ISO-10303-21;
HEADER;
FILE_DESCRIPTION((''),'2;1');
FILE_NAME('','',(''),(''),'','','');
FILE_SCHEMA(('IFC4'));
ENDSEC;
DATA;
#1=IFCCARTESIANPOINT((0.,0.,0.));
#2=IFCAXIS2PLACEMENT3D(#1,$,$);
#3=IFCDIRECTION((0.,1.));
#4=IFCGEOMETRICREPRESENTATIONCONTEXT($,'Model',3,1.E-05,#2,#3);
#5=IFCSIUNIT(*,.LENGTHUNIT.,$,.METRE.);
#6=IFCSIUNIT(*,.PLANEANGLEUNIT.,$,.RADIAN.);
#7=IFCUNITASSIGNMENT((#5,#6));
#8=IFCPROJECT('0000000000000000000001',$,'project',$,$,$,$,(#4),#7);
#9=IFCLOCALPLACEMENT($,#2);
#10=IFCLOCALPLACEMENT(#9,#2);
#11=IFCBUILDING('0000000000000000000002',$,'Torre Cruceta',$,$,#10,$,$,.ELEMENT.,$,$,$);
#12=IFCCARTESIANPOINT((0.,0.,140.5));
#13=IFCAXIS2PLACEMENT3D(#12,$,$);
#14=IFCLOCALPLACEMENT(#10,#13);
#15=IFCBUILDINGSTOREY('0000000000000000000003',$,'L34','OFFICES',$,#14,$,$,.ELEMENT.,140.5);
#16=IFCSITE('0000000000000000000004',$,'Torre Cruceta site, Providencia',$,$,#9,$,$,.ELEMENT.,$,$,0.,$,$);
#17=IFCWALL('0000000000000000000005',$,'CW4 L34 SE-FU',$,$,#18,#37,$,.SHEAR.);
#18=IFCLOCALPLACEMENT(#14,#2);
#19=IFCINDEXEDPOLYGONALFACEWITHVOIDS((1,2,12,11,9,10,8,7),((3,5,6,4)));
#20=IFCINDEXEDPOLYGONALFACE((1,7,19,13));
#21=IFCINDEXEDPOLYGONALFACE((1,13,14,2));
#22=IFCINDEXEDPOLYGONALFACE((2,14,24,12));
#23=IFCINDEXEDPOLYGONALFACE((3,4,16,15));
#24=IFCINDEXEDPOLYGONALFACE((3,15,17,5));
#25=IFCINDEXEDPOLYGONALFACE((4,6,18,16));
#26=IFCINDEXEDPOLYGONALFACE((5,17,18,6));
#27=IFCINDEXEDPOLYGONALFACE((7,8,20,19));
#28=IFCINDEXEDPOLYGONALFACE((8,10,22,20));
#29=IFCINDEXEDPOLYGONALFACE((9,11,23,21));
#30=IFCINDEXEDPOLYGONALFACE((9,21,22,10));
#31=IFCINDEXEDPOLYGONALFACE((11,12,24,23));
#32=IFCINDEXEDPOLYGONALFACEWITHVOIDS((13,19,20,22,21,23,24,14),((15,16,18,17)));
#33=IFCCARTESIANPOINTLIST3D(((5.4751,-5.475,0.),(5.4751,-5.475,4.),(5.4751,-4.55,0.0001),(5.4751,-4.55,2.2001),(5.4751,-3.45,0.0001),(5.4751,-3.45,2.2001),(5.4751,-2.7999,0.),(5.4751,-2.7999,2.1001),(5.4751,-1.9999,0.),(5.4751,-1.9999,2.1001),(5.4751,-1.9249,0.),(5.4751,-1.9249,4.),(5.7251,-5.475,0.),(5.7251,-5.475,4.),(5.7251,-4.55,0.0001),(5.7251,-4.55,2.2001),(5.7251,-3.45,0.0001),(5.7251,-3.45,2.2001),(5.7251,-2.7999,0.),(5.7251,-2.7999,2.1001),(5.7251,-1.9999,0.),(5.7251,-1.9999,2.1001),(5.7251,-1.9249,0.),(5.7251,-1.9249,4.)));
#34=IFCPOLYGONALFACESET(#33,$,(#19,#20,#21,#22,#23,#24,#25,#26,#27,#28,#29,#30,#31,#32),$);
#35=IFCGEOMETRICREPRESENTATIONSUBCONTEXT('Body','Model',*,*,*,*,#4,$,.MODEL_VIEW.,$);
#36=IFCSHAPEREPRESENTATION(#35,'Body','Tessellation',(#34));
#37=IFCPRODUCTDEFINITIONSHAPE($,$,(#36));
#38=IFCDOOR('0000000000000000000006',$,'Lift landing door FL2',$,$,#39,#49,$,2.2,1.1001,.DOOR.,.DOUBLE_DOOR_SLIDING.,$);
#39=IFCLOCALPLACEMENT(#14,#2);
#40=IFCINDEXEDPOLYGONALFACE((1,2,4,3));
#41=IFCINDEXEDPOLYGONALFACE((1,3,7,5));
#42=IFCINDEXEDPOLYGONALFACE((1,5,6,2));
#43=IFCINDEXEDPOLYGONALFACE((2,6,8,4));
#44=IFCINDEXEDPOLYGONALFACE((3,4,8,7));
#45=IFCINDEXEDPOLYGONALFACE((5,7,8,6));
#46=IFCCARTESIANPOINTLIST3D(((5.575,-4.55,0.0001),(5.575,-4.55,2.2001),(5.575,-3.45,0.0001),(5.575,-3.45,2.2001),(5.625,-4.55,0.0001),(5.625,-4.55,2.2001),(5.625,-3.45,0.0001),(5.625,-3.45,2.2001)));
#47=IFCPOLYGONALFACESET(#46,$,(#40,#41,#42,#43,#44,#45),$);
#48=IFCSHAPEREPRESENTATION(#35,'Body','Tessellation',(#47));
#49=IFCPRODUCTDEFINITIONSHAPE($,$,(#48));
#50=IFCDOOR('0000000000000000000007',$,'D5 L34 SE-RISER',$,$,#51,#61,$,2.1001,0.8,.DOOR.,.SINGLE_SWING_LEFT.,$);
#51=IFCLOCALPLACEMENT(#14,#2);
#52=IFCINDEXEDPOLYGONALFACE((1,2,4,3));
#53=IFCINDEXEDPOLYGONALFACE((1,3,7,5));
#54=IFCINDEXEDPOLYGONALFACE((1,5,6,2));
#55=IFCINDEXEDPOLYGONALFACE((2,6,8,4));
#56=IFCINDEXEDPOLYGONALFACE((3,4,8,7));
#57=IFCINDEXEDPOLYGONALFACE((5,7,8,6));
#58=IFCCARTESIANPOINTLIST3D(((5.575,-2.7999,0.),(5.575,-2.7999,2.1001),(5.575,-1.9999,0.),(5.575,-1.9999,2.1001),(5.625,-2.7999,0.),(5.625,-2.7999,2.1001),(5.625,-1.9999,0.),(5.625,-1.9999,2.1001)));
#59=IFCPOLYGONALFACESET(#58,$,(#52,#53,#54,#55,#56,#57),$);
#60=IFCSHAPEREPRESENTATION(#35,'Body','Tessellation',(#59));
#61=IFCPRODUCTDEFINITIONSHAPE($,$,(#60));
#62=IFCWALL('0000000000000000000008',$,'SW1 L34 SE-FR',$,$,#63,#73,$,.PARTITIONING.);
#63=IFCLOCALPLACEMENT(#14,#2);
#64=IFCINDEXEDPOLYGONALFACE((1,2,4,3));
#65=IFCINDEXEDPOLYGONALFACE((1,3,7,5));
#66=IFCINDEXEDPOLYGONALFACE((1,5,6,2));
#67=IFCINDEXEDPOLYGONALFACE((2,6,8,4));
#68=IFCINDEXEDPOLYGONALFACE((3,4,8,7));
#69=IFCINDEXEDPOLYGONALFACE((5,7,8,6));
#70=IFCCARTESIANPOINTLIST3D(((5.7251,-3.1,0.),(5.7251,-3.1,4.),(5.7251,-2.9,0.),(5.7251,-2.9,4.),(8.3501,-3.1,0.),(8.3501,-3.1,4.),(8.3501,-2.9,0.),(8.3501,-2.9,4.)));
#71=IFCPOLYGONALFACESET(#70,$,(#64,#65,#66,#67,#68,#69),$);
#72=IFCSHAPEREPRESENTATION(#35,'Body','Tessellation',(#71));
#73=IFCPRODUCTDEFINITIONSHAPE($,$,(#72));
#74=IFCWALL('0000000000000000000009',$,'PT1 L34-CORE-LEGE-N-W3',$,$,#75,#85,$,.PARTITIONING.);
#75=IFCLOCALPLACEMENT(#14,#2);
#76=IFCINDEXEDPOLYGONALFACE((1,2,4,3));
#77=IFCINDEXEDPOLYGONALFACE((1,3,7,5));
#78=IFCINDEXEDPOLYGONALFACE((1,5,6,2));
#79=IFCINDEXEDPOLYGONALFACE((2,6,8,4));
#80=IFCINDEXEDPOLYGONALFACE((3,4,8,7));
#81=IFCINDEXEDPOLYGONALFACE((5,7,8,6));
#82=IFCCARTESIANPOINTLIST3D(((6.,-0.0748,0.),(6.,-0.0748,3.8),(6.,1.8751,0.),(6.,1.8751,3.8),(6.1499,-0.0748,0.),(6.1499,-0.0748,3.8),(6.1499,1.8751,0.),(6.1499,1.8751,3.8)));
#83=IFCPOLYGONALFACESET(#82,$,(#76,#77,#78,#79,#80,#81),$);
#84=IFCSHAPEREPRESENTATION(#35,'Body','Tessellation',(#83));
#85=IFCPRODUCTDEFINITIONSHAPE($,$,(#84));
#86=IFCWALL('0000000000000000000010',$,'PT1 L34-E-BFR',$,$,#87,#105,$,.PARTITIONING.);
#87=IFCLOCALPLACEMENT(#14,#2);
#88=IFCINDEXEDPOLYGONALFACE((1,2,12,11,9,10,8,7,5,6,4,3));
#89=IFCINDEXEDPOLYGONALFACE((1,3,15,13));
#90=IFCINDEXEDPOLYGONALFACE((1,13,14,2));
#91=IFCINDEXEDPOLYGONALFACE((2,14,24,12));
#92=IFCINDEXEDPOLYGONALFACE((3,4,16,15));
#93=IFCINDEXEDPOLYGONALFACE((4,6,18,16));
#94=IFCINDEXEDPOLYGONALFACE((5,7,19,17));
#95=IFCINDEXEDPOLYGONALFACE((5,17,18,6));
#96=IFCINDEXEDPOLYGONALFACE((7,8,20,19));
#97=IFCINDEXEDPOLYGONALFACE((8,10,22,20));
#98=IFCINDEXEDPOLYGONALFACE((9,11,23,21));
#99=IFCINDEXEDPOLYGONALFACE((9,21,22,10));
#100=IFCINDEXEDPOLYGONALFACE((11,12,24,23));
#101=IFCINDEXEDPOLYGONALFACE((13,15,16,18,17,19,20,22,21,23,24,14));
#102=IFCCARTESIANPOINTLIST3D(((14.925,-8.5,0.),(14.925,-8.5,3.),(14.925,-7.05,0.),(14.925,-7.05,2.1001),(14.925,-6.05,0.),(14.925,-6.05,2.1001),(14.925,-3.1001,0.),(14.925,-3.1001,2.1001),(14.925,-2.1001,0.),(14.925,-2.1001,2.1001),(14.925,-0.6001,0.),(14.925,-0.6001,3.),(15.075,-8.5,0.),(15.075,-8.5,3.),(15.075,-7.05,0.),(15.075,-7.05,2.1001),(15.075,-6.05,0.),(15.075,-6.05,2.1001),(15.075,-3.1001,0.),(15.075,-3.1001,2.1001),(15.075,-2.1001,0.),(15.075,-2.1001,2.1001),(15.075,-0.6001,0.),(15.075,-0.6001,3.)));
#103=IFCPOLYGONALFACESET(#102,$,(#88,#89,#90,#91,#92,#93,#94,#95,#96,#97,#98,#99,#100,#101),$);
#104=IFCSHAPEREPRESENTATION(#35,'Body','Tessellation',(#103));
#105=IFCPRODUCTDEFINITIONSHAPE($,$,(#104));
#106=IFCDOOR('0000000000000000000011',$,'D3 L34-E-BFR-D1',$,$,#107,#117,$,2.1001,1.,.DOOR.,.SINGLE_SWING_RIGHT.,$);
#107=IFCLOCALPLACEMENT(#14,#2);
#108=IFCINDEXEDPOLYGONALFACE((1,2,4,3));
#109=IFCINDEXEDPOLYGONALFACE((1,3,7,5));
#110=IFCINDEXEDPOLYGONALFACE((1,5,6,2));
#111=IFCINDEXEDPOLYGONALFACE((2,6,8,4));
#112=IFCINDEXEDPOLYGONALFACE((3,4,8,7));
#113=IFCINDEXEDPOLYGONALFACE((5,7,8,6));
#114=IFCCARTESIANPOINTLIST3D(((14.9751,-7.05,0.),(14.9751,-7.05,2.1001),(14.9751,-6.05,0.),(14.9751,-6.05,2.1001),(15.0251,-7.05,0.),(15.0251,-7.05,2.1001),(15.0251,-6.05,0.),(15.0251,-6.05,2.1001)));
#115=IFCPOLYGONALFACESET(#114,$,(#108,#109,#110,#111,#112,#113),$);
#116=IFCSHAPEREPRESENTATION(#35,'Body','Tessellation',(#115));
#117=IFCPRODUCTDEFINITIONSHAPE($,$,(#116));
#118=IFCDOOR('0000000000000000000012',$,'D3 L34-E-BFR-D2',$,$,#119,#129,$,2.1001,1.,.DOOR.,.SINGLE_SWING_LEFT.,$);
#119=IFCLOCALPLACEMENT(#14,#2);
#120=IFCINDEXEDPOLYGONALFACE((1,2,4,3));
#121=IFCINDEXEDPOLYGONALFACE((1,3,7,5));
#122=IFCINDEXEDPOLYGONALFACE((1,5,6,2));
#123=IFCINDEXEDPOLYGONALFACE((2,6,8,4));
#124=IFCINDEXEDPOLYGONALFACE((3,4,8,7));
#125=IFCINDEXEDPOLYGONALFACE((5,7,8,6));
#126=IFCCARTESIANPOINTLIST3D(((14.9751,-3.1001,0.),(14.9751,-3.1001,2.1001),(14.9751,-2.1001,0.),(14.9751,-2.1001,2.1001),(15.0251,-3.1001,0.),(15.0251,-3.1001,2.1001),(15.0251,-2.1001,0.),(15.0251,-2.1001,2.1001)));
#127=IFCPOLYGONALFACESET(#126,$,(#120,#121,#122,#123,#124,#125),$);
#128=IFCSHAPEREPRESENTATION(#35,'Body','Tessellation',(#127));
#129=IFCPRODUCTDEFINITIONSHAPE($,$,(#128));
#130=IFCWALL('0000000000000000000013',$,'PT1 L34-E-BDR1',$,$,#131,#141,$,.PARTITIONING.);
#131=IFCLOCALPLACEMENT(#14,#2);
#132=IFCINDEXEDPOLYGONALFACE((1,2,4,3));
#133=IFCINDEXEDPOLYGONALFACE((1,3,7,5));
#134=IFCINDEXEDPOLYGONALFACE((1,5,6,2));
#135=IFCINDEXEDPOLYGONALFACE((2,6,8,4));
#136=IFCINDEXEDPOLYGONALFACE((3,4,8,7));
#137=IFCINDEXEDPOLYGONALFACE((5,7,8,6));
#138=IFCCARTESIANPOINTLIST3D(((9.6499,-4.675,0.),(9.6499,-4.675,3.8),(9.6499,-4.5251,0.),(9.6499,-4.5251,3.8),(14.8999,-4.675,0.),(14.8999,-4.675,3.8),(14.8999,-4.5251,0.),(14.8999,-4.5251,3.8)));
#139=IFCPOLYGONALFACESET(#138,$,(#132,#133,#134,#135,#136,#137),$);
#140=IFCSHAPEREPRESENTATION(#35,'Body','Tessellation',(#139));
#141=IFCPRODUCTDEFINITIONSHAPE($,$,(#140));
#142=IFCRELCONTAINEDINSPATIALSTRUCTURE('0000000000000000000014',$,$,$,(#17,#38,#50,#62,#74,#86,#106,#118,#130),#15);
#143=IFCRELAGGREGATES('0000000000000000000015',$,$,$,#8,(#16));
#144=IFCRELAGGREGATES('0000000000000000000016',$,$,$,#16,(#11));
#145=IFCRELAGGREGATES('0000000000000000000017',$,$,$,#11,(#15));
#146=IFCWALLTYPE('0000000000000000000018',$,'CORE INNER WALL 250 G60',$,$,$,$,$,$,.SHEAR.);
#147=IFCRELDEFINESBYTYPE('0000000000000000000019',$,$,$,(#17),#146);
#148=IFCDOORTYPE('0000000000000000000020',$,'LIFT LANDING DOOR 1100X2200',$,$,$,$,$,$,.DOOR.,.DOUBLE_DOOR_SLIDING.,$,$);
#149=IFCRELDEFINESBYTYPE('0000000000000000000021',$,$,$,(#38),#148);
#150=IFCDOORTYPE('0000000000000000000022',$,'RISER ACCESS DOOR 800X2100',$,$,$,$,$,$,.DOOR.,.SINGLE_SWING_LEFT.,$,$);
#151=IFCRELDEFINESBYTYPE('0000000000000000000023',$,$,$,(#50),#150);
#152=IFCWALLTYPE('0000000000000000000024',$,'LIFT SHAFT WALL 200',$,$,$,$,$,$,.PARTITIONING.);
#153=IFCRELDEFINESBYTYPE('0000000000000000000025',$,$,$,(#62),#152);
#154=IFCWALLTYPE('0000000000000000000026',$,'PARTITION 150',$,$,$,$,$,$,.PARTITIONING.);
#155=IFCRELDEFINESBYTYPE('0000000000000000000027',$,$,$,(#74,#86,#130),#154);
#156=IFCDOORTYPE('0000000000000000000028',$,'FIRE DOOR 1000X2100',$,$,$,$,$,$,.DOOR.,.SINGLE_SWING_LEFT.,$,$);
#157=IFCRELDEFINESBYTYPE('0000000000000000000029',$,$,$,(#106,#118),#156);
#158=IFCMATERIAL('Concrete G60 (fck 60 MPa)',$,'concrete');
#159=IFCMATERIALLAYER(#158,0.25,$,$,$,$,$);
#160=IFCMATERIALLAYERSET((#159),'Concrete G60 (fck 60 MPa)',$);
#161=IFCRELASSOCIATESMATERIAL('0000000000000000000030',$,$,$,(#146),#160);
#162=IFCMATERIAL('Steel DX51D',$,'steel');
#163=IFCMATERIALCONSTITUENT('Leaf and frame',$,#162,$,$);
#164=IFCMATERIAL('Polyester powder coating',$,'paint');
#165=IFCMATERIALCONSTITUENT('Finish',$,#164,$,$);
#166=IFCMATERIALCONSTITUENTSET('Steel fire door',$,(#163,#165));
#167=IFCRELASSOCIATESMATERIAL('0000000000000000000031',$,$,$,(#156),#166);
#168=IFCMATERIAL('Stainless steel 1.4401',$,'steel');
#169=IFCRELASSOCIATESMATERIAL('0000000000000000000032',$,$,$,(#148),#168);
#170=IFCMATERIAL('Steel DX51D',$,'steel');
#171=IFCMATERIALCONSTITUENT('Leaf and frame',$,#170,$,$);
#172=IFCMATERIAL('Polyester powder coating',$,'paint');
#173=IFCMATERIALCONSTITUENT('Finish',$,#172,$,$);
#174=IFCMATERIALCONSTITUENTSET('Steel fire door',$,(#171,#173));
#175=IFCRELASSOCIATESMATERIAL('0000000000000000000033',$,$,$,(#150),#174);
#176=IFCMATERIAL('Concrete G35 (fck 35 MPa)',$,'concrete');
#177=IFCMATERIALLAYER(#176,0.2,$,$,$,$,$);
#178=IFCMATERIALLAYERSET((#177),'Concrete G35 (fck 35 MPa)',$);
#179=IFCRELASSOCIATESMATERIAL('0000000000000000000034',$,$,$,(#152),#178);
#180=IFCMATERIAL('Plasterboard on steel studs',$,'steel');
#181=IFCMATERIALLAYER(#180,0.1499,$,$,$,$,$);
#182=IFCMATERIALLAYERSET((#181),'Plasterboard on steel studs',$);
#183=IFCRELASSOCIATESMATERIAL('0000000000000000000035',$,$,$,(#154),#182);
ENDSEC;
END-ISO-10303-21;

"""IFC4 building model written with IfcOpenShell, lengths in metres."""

from ifc_helpers import new_model, si_unit, direction, frame, frame_2d, origin, place, context, subcontext, project, spatial, rectangle, extrude, material, layer, layer_set, constituent, constituent_set, type_object, element, fill, save


model = new_model("IFC4")

# Units and contexts
model_context = context("Model", 3, precision=1e-05, world=origin(), true_north=direction((0.0, 1.0)))
body_context = subcontext(model_context, "Body", "Model", "MODEL_VIEW")
ifc_project = project(units=[si_unit("LENGTHUNIT", "METRE"), si_unit("PLANEANGLEUNIT", "RADIAN")], contexts=[model_context])

# Site, building, storey
site_placement = place(None, origin())
site = spatial("IfcSite", under=ifc_project, at=site_placement, Name="Torre Cruceta site, Providencia", CompositionType="ELEMENT", RefElevation=0.0)
building_placement = place(site_placement, origin())
building = spatial("IfcBuilding", under=site, at=building_placement, Name="Torre Cruceta", CompositionType="ELEMENT")
storey_placement = place(building_placement, frame((0.0, 0.0, 140.5)))
storey = spatial("IfcBuildingStorey", under=building, at=storey_placement, Name="L34", Description="OFFICES", CompositionType="ELEMENT", Elevation=140.5)

# Shared definitions
ifc_material_1 = material(Name="Concrete G60 (fck 60 MPa)", Category="concrete")
ifc_layer_1 = layer(ifc_material_1, 0.25)
ifc_layer_set_1 = layer_set([ifc_layer_1], Name="Concrete G60 (fck 60 MPa)")
wall_type_1 = type_object("IfcWallType", Name="CORE INNER WALL 250 G60", PredefinedType="SHEAR", material=ifc_layer_set_1)
ifc_material_2 = material(Name="Steel DX51D", Category="steel")
ifc_constituent_1 = constituent(ifc_material_2, Name="Leaf and frame")
ifc_material_3 = material(Name="Polyester powder coating", Category="paint")
ifc_constituent_2 = constituent(ifc_material_3, Name="Finish")
ifc_constituent_set_1 = constituent_set(constituents=[ifc_constituent_1, ifc_constituent_2], Name="Steel fire door")
door_type_1 = type_object("IfcDoorType", Name="FIRE DOOR 1000X2100", OperationType="SINGLE_SWING_LEFT", PredefinedType="DOOR", material=ifc_constituent_set_1)

# Wall, openings, doors
wall_1_placement = place(storey_placement, frame((5.6001, -1.925, 0.0), z_axis=(0.0, 0.0, 1.0), x_axis=(0.0, -1.0, 0.0)))
wall_1 = element("IfcWall", 1, at=wall_1_placement, inside=storey, type_object=wall_type_1, Name="CW4 L34 SE-FU", PredefinedType="SHEAR", context=body_context, shape_type="SweptSolid", body=[
    extrude(rectangle(XDim=3.55, YDim=0.25, at=frame_2d((1.7749, 0.0))), origin(), (0.0, 0.0, 1.0), 4.0),
])
opening_1_placement = place(wall_1_placement, frame((1.5249, 0.0, 0.0)))
opening_1 = element("IfcOpeningElement", 2, at=opening_1_placement, cuts=wall_1, PredefinedType="OPENING", context=body_context, shape_type="SweptSolid", body=[
    extrude(rectangle(XDim=1.1001, YDim=2.2, at=frame_2d((0.55, 1.1001))), frame((0.0, 0.135, 0.0), z_axis=(0.0, -1.0, 0.0), x_axis=(1.0, 0.0, 0.0)), (0.0, 0.0, 1.0), 0.27),
])
opening_2_placement = place(wall_1_placement, frame((0.075, 0.0, 0.0)))
opening_2 = element("IfcOpeningElement", 3, at=opening_2_placement, cuts=wall_1, PredefinedType="OPENING", context=body_context, shape_type="SweptSolid", body=[
    extrude(rectangle(XDim=0.8, YDim=2.1001, at=frame_2d((0.3999, 1.05))), frame((0.0, 0.135, 0.0), z_axis=(0.0, -1.0, 0.0), x_axis=(1.0, 0.0, 0.0)), (0.0, 0.0, 1.0), 0.27),
])
ifc_material_4 = material(Name="Stainless steel 1.4401", Category="steel")
door_type_2 = type_object("IfcDoorType", Name="LIFT LANDING DOOR 1100X2200", OperationType="DOUBLE_DOOR_SLIDING", PredefinedType="DOOR", material=ifc_material_4)
door_1_placement = place(opening_1_placement, origin())
door_1 = element("IfcDoor", 4, at=door_1_placement, inside=storey, type_object=door_type_2, Name="Lift landing door FL2", OperationType="DOUBLE_DOOR_SLIDING", OverallHeight=2.2, OverallWidth=1.1001, PredefinedType="DOOR", context=body_context, shape_type="SweptSolid", body=[
    extrude(rectangle(XDim=1.1001, YDim=2.2, at=frame_2d((0.55, 1.1001))), frame((0.0, 0.0249, 0.0), z_axis=(0.0, -1.0, 0.0), x_axis=(1.0, 0.0, 0.0)), (0.0, 0.0, 1.0), 0.05),
])
fill(opening_1, door_1)
ifc_material_5 = material(Name="Steel DX51D", Category="steel")
ifc_constituent_3 = constituent(ifc_material_5, Name="Leaf and frame")
ifc_material_6 = material(Name="Polyester powder coating", Category="paint")
ifc_constituent_4 = constituent(ifc_material_6, Name="Finish")
ifc_constituent_set_2 = constituent_set(constituents=[ifc_constituent_3, ifc_constituent_4], Name="Steel fire door")
door_type_3 = type_object("IfcDoorType", Name="RISER ACCESS DOOR 800X2100", OperationType="SINGLE_SWING_LEFT", PredefinedType="DOOR", material=ifc_constituent_set_2)
door_2_placement = place(opening_2_placement, origin())
door_2 = element("IfcDoor", 5, at=door_2_placement, inside=storey, type_object=door_type_3, Name="D5 L34 SE-RISER", OperationType="SINGLE_SWING_LEFT", OverallHeight=2.1001, OverallWidth=0.8, PredefinedType="DOOR", context=body_context, shape_type="SweptSolid", body=[
    extrude(rectangle(XDim=0.8, YDim=2.1001, at=frame_2d((0.3999, 1.05))), frame((0.0, 0.0249, 0.0), z_axis=(0.0, -1.0, 0.0), x_axis=(1.0, 0.0, 0.0)), (0.0, 0.0, 1.0), 0.05),
])
fill(opening_2, door_2)

# Walls
ifc_material_7 = material(Name="Concrete G35 (fck 35 MPa)", Category="concrete")
ifc_layer_2 = layer(ifc_material_7, 0.2)
ifc_layer_set_2 = layer_set([ifc_layer_2], Name="Concrete G35 (fck 35 MPa)")
wall_type_2 = type_object("IfcWallType", Name="LIFT SHAFT WALL 200", PredefinedType="PARTITIONING", material=ifc_layer_set_2)
wall_2_placement = place(storey_placement, frame((5.7251, -3.0, 0.0), z_axis=(0.0, 0.0, 1.0), x_axis=(1.0, 0.0, 0.0)))
element("IfcWall", 6, at=wall_2_placement, inside=storey, type_object=wall_type_2, Name="SW1 L34 SE-FR", PredefinedType="PARTITIONING", context=body_context, shape_type="SweptSolid", body=[
    extrude(rectangle(XDim=2.625, YDim=0.2, at=frame_2d((1.3125, 0.0))), origin(), (0.0, 0.0, 1.0), 4.0),
])
ifc_material_8 = material(Name="Plasterboard on steel studs", Category="steel")
ifc_layer_3 = layer(ifc_material_8, 0.1499)
ifc_layer_set_3 = layer_set([ifc_layer_3], Name="Plasterboard on steel studs")
wall_type_3 = type_object("IfcWallType", Name="PARTITION 150", PredefinedType="PARTITIONING", material=ifc_layer_set_3)
wall_3_placement = place(storey_placement, frame((6.075, -0.075, 0.0), z_axis=(0.0, 0.0, 1.0), x_axis=(0.0, 1.0, 0.0)))
element("IfcWall", 7, at=wall_3_placement, inside=storey, type_object=wall_type_3, Name="PT1 L34-CORE-LEGE-N-W3", PredefinedType="PARTITIONING", context=body_context, shape_type="SweptSolid", body=[
    extrude(rectangle(XDim=1.95, YDim=0.1499, at=frame_2d((0.9751, 0.0))), origin(), (0.0, 0.0, 1.0), 3.8),
])

# Wall, openings, doors
wall_4_placement = place(storey_placement, frame((15.0, -8.5, 0.0), z_axis=(0.0, 0.0, 1.0), x_axis=(0.0, 1.0, 0.0)))
wall_4 = element("IfcWall", 8, at=wall_4_placement, inside=storey, type_object=wall_type_3, Name="PT1 L34-E-BFR", PredefinedType="PARTITIONING", context=body_context, shape_type="SweptSolid", body=[
    extrude(rectangle(XDim=7.8999, YDim=0.1499, at=frame_2d((3.95, 0.0))), origin(), (0.0, 0.0, 1.0), 3.0),
])
opening_3_placement = place(wall_4_placement, frame((1.45, 0.0, 0.0)))
opening_3 = element("IfcOpeningElement", 9, at=opening_3_placement, cuts=wall_4, PredefinedType="OPENING", context=body_context, shape_type="SweptSolid", body=[
    extrude(rectangle(XDim=1.0, YDim=2.1001, at=frame_2d((0.5, 1.05))), frame((0.0, 0.085, 0.0), z_axis=(0.0, -1.0, 0.0), x_axis=(1.0, 0.0, 0.0)), (0.0, 0.0, 1.0), 0.1699),
])
opening_4_placement = place(wall_4_placement, frame((5.3999, 0.0, 0.0)))
opening_4 = element("IfcOpeningElement", 10, at=opening_4_placement, cuts=wall_4, PredefinedType="OPENING", context=body_context, shape_type="SweptSolid", body=[
    extrude(rectangle(XDim=1.0, YDim=2.1001, at=frame_2d((0.5, 1.05))), frame((0.0, 0.085, 0.0), z_axis=(0.0, -1.0, 0.0), x_axis=(1.0, 0.0, 0.0)), (0.0, 0.0, 1.0), 0.1699),
])
door_3_placement = place(opening_3_placement, origin())
door_3 = element("IfcDoor", 11, at=door_3_placement, inside=storey, type_object=door_type_1, Name="D3 L34-E-BFR-D1", OperationType="SINGLE_SWING_RIGHT", OverallHeight=2.1001, OverallWidth=1.0, PredefinedType="DOOR", context=body_context, shape_type="SweptSolid", body=[
    extrude(rectangle(XDim=1.0, YDim=2.1001, at=frame_2d((0.5, 1.05))), frame((0.0, 0.0249, 0.0), z_axis=(0.0, -1.0, 0.0), x_axis=(1.0, 0.0, 0.0)), (0.0, 0.0, 1.0), 0.05),
])
fill(opening_3, door_3)
door_4_placement = place(opening_4_placement, origin())
door_4 = element("IfcDoor", 12, at=door_4_placement, inside=storey, type_object=door_type_1, Name="D3 L34-E-BFR-D2", OperationType="SINGLE_SWING_LEFT", OverallHeight=2.1001, OverallWidth=1.0, PredefinedType="DOOR", context=body_context, shape_type="SweptSolid", body=[
    extrude(rectangle(XDim=1.0, YDim=2.1001, at=frame_2d((0.5, 1.05))), frame((0.0, 0.0249, 0.0), z_axis=(0.0, -1.0, 0.0), x_axis=(1.0, 0.0, 0.0)), (0.0, 0.0, 1.0), 0.05),
])
fill(opening_4, door_4)

# Wall
wall_5_placement = place(storey_placement, frame((9.6499, -4.6001, 0.0), z_axis=(0.0, 0.0, 1.0), x_axis=(1.0, 0.0, 0.0)))
element("IfcWall", 13, at=wall_5_placement, inside=storey, type_object=wall_type_3, Name="PT1 L34-E-BDR1", PredefinedType="PARTITIONING", context=body_context, shape_type="SweptSolid", body=[
    extrude(rectangle(XDim=5.25, YDim=0.1499, at=frame_2d((2.625, 0.0))), origin(), (0.0, 0.0, 1.0), 3.8),
])

save(model, "model.ifc")
